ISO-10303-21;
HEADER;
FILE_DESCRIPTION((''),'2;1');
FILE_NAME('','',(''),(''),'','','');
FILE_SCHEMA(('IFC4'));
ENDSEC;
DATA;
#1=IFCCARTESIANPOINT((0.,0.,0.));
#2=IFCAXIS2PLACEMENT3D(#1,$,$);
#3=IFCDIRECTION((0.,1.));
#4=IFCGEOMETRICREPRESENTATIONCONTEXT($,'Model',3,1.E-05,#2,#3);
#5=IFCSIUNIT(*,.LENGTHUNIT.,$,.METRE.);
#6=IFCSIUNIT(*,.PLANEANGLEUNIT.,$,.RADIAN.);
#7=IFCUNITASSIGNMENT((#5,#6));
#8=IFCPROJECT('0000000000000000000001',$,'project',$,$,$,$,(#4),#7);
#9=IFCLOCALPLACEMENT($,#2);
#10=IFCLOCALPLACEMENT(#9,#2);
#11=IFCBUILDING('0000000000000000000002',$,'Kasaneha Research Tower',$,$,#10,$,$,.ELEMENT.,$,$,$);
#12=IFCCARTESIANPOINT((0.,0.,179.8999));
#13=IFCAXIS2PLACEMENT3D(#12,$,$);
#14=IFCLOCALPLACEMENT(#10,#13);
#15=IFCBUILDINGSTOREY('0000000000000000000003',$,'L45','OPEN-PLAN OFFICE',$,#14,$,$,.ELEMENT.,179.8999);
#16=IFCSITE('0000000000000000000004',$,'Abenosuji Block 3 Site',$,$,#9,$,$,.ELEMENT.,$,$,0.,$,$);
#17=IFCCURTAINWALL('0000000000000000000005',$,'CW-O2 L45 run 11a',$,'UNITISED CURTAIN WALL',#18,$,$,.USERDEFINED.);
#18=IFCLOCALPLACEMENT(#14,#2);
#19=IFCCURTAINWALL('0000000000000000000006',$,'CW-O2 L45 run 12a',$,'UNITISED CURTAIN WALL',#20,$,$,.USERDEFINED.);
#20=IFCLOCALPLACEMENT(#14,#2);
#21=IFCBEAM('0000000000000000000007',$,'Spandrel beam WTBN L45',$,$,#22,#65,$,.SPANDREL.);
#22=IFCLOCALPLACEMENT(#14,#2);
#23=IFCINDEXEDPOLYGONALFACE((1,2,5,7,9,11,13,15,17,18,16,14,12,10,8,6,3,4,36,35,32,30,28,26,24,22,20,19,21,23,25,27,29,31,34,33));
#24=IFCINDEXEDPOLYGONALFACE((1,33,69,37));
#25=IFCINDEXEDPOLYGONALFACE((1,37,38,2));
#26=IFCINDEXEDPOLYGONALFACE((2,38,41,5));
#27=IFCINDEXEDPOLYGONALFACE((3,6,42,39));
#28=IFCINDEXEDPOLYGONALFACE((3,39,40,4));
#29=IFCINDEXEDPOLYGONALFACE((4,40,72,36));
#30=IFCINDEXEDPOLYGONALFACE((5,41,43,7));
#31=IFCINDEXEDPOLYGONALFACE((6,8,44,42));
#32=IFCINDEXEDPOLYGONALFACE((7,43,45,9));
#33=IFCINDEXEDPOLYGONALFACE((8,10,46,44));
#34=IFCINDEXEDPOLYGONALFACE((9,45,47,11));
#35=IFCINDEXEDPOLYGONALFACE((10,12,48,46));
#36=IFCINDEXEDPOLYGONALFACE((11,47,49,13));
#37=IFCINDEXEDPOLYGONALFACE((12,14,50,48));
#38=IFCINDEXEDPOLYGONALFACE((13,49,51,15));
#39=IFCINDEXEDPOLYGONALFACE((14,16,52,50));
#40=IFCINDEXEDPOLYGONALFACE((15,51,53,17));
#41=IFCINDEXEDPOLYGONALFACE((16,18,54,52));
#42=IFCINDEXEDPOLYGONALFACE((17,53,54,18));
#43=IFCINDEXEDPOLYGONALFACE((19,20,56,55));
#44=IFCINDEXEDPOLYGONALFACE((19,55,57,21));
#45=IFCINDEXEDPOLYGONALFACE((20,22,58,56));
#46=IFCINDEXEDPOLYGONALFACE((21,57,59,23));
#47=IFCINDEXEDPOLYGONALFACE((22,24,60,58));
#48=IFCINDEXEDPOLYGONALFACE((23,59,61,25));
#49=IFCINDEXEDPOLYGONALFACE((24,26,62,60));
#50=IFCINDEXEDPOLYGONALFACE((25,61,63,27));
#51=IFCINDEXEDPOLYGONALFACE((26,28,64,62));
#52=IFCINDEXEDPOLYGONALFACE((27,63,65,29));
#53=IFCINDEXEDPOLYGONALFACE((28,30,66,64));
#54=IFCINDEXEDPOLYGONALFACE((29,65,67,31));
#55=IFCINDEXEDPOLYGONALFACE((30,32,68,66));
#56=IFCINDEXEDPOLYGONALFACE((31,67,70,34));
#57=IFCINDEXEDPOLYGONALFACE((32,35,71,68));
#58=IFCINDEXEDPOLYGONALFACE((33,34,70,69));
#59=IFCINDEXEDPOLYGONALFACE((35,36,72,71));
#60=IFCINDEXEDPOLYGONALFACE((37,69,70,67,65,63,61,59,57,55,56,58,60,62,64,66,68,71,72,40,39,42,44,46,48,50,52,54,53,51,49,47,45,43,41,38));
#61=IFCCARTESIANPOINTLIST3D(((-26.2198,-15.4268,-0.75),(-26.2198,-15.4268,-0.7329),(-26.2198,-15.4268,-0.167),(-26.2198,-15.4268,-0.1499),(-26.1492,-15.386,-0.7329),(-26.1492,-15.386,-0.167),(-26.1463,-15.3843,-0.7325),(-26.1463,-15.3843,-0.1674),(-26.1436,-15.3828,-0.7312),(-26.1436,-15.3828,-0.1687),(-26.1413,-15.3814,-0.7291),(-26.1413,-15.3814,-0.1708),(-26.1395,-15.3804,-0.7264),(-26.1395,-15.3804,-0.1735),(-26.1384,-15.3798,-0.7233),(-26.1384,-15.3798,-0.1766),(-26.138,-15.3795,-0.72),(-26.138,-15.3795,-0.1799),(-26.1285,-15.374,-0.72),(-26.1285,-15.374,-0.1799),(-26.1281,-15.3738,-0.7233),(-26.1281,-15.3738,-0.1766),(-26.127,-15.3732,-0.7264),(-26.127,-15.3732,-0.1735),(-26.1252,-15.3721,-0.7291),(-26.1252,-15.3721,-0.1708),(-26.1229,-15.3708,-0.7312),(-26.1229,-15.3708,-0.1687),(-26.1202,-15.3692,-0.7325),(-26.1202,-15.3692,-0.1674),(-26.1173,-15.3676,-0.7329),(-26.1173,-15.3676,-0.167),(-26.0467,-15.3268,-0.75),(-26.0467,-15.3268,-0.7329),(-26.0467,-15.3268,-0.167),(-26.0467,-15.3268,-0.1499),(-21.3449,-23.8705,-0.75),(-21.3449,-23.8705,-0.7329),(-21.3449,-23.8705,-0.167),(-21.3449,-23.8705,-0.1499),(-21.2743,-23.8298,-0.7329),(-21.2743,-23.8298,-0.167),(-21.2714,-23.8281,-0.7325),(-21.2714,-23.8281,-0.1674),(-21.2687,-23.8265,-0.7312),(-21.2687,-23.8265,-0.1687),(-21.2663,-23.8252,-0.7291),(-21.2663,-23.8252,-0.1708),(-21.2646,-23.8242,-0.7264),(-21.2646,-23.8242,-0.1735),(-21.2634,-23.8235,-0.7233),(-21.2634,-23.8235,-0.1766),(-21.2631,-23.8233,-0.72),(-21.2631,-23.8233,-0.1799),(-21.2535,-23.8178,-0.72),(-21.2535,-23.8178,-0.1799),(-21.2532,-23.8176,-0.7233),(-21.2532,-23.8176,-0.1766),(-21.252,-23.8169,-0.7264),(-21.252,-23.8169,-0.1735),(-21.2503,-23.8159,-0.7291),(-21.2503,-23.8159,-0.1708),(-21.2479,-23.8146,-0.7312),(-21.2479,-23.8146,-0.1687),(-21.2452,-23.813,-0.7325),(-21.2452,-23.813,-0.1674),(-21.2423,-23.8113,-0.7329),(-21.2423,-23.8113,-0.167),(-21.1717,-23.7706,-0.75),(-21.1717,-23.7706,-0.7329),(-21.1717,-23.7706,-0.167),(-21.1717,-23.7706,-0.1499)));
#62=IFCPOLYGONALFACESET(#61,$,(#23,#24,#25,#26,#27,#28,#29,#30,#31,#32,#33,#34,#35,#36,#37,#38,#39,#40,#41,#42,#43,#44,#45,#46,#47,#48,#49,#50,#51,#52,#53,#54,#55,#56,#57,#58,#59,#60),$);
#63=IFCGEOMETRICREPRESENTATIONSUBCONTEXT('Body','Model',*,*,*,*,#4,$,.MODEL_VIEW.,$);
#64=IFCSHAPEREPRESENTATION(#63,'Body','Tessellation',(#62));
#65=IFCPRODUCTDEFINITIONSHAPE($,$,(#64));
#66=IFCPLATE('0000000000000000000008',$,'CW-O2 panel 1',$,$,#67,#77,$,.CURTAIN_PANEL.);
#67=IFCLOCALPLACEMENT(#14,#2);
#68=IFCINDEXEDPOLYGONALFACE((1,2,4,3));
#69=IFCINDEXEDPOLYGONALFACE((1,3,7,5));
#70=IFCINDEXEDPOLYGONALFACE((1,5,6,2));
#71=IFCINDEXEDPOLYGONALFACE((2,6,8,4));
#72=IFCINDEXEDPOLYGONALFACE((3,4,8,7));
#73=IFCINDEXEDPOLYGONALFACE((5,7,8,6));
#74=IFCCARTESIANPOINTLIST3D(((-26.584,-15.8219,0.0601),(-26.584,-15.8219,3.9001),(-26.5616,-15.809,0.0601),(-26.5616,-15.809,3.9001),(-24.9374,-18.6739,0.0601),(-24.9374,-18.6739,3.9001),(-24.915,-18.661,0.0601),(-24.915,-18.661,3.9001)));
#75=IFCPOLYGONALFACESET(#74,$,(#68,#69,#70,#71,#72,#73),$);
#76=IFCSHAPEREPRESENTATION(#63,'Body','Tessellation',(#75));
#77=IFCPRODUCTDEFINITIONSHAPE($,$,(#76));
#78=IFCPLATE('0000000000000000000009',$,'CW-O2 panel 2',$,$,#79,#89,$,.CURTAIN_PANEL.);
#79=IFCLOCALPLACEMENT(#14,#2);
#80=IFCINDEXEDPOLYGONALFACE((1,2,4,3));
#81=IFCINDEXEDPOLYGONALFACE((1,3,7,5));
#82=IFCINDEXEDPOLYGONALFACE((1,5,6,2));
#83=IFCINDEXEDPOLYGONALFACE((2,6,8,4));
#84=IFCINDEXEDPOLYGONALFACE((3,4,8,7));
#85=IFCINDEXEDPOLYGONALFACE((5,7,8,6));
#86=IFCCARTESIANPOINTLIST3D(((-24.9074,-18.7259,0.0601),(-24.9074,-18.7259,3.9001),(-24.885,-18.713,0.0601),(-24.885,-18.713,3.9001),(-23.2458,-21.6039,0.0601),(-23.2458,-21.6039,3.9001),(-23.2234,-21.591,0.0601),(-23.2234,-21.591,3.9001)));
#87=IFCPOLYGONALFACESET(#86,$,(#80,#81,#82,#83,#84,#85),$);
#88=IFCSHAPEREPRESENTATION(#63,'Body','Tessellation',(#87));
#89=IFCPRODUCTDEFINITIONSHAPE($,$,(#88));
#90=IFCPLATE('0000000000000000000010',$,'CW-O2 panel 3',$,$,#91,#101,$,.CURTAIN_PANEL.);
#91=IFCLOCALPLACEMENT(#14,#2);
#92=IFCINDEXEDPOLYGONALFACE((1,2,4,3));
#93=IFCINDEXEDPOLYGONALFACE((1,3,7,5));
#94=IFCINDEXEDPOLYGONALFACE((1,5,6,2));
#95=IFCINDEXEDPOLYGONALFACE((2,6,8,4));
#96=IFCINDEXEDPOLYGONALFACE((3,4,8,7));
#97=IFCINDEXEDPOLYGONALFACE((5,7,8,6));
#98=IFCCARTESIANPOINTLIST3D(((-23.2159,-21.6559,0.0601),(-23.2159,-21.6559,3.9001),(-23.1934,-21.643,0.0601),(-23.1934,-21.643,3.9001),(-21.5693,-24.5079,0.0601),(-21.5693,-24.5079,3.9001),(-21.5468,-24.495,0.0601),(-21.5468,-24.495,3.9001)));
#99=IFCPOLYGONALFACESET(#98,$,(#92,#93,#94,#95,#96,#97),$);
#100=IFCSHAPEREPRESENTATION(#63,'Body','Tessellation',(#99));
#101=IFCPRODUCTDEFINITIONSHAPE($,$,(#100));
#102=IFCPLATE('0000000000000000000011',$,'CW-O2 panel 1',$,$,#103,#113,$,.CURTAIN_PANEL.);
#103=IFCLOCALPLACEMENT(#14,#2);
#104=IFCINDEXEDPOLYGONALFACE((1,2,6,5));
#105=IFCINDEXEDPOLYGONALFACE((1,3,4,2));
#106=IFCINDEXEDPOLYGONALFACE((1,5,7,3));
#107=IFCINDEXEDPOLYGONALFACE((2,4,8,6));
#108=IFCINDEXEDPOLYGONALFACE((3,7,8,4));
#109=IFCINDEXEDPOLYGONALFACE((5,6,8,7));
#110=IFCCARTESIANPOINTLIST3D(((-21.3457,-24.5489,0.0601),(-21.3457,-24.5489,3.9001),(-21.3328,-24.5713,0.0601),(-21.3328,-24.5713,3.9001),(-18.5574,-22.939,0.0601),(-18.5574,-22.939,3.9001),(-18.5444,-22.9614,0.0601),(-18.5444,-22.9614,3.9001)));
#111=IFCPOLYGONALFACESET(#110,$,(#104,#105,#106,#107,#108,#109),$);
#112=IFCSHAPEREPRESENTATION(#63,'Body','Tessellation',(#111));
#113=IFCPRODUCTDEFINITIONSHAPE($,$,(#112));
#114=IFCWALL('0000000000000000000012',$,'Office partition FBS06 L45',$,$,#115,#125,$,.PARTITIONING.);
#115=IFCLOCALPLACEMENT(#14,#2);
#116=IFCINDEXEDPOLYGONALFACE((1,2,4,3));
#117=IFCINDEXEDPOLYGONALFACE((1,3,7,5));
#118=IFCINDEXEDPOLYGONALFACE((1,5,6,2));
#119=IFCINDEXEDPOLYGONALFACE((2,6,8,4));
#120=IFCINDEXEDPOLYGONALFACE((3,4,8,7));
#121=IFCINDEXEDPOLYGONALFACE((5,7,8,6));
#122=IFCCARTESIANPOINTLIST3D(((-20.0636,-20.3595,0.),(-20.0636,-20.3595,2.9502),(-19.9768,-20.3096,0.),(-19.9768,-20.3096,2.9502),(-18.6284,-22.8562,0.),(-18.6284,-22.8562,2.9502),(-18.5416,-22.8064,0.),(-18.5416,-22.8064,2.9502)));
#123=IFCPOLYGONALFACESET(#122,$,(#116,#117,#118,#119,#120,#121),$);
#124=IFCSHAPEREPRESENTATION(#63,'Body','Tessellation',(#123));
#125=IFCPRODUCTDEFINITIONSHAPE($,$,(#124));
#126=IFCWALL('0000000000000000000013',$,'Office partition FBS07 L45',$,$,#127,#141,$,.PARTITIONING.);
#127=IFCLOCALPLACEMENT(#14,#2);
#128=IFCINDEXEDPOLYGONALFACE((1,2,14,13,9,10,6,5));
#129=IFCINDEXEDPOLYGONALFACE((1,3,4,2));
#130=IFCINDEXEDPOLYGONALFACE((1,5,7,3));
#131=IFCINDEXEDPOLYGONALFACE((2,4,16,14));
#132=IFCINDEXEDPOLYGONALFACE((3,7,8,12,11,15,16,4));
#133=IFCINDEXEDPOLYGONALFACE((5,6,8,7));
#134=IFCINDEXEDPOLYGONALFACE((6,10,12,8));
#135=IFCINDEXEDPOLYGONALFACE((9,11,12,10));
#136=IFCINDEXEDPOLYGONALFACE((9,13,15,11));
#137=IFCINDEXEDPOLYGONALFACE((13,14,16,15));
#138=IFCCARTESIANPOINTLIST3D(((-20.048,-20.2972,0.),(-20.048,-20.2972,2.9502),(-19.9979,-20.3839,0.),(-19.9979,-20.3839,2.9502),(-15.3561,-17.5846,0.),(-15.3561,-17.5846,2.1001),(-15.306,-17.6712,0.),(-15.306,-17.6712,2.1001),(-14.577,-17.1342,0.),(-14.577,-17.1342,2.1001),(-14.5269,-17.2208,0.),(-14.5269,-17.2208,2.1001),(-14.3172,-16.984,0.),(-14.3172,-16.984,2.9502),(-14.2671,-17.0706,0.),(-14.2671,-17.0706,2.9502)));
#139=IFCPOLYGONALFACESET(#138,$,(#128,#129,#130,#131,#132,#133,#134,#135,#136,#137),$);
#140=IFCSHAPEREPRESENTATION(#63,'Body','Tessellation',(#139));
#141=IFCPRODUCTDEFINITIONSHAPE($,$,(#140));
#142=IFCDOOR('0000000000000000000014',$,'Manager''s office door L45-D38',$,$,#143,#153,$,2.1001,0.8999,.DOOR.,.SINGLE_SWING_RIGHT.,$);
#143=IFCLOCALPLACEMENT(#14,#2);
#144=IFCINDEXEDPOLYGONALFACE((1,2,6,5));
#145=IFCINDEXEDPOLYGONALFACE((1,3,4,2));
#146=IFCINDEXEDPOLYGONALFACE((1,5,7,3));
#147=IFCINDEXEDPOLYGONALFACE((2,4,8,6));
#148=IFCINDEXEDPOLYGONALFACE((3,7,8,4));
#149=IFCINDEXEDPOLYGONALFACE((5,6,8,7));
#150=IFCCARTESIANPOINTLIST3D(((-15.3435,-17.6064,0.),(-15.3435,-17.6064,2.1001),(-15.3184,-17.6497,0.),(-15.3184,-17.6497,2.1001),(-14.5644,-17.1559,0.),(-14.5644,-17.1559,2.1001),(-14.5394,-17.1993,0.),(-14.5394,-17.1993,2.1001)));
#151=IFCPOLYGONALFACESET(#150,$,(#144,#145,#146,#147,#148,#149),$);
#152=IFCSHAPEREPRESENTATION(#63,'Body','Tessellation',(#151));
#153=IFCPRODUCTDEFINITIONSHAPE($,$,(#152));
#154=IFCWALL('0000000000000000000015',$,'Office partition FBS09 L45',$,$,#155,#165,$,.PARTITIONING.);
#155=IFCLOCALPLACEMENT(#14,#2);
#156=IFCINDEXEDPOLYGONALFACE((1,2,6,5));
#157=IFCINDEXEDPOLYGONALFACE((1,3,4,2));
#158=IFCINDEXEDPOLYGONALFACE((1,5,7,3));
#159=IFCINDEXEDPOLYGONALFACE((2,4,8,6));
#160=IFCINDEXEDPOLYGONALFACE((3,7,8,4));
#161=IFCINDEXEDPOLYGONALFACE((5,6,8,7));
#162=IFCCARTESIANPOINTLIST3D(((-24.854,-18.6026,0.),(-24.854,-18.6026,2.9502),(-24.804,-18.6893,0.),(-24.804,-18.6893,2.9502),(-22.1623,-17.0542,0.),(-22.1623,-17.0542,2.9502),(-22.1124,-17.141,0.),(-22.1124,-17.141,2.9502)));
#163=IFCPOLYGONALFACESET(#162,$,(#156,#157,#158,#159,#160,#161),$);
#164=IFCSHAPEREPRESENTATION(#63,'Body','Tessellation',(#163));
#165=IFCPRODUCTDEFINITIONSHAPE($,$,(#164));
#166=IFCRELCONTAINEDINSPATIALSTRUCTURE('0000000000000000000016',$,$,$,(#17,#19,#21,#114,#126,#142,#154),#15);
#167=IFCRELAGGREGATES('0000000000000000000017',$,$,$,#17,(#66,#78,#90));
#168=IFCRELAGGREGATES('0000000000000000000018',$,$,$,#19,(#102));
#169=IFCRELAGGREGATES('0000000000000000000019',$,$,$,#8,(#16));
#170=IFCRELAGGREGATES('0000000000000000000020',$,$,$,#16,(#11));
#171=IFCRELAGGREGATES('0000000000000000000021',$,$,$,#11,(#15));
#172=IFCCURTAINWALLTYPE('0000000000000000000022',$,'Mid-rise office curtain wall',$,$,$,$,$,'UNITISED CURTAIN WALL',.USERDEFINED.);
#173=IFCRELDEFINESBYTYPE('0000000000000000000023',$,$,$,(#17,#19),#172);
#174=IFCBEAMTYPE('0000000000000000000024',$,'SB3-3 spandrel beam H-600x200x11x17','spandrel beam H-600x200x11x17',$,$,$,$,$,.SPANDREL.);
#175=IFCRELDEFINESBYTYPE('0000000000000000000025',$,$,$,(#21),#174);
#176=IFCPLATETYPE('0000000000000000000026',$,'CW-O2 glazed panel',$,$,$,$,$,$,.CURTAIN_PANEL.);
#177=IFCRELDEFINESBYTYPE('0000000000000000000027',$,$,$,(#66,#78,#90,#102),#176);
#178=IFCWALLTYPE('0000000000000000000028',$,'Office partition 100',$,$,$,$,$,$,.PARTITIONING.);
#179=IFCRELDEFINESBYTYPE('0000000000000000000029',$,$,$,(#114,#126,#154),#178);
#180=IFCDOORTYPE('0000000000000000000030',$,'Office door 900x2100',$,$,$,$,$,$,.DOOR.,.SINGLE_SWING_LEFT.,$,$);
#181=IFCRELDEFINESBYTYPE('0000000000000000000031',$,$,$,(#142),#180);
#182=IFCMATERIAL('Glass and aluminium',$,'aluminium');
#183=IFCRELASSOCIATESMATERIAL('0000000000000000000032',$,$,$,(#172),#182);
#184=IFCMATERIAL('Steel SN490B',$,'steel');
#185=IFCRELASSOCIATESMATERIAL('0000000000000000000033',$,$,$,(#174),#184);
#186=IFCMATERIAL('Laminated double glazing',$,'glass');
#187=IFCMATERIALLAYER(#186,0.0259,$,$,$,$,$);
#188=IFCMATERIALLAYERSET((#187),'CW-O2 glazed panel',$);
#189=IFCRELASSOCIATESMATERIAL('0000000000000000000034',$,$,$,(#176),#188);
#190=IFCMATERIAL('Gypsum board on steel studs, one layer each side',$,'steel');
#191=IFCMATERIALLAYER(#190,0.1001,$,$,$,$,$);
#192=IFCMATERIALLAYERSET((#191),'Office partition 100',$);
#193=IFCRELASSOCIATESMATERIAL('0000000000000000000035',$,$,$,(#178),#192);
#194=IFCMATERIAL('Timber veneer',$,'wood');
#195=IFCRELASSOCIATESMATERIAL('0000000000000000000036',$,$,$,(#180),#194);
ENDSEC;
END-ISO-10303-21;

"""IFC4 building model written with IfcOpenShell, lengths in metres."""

from ifc_helpers import new_model, si_unit, direction, frame, frame_2d, origin, origin_2d, place, context, subcontext, project, spatial, rectangle, i_section, extrude, material, layer, layer_set, material_profile, profile_set, type_object, element, fill, aggregate, save


model = new_model("IFC4")

# Units and contexts
model_context = context("Model", 3, precision=1e-05, world=origin(), true_north=direction((0.0, 1.0)))
body_context = subcontext(model_context, "Body", "Model", "MODEL_VIEW")
ifc_project = project(units=[si_unit("LENGTHUNIT", "METRE"), si_unit("PLANEANGLEUNIT", "RADIAN")], contexts=[model_context])

# Site, building, storey
site_placement = place(None, origin())
site = spatial("IfcSite", under=ifc_project, at=site_placement, Name="Abenosuji Block 3 Site", CompositionType="ELEMENT", RefElevation=0.0)
building_placement = place(site_placement, origin())
building = spatial("IfcBuilding", under=site, at=building_placement, Name="Kasaneha Research Tower", CompositionType="ELEMENT")
storey_placement = place(building_placement, frame((0.0, 0.0, 179.8999)))
storey = spatial("IfcBuildingStorey", under=building, at=storey_placement, Name="L45", Description="OPEN-PLAN OFFICE", CompositionType="ELEMENT", Elevation=179.8999)

# Shared definitions
ifc_material_1 = material(Name="Glass and aluminium", Category="aluminium")
curtain_wall_type = type_object("IfcCurtainWallType", Name="Mid-rise office curtain wall", ElementType="UNITISED CURTAIN WALL", PredefinedType="USERDEFINED", material=ifc_material_1)

# Curtain walls
curtain_wall_1_placement = place(storey_placement, origin())
curtain_wall_1 = element("IfcCurtainWall", 1, at=curtain_wall_1_placement, inside=storey, type_object=curtain_wall_type, Name="CW-O2 L45 run 11a", ObjectType="UNITISED CURTAIN WALL", PredefinedType="USERDEFINED")
curtain_wall_2_placement = place(storey_placement, origin())
curtain_wall_2 = element("IfcCurtainWall", 2, at=curtain_wall_2_placement, inside=storey, type_object=curtain_wall_type, Name="CW-O2 L45 run 12a", ObjectType="UNITISED CURTAIN WALL", PredefinedType="USERDEFINED")

# Beam
ifc_material_2 = material(Name="Steel SN490B", Category="steel")
ifc_material_profile_1 = material_profile(ifc_material_2, i_section(OverallWidth=0.2, OverallDepth=0.6001, WebThickness=0.011, FlangeThickness=0.0171, FilletRadius=0.0129, at=origin_2d()), Name="H-600x200x11x17")
ifc_profile_set_1 = profile_set([ifc_material_profile_1], Name="Steel SN490B")
beam_type = type_object("IfcBeamType", Name="SB3-3 spandrel beam H-600x200x11x17", Description="spandrel beam H-600x200x11x17", PredefinedType="SPANDREL", material=ifc_profile_set_1)
beam_placement = place(storey_placement, frame((-21.2583, -23.8206, -0.45), z_axis=(-0.499996, 0.866028, 0.0), x_axis=(-0.866028, -0.499996, 0.0)))
element("IfcBeam", 3, at=beam_placement, inside=storey, type_object=beam_type, Name="Spandrel beam WTBN L45", PredefinedType="SPANDREL", context=body_context, shape_type="SweptSolid", body=[
    extrude(i_section(OverallWidth=0.2, OverallDepth=0.6001, WebThickness=0.011, FlangeThickness=0.0171, FilletRadius=0.0129, at=origin_2d()), origin(), (0.0, 0.0, 1.0), 9.75),
])

# Plates
ifc_material_3 = material(Name="Laminated double glazing", Category="glass")
ifc_layer_1 = layer(ifc_material_3, 0.0259)
ifc_layer_set_1 = layer_set([ifc_layer_1], Name="CW-O2 glazed panel")
plate_type = type_object("IfcPlateType", Name="CW-O2 glazed panel", PredefinedType="CURTAIN_PANEL", material=ifc_layer_set_1)
plate_1_placement = place(storey_placement, frame((-25.7495, -17.2415, 0.0601), z_axis=(0.0, 0.0, 1.0), x_axis=(0.5, -0.866025, 0.0)))
plate_1 = element("IfcPlate", 4, at=plate_1_placement, type_object=plate_type, Name="CW-O2 panel 1", PredefinedType="CURTAIN_PANEL", context=body_context, shape_type="SweptSolid", body=[
    extrude(rectangle(XDim=3.2932, YDim=0.0259, at=origin_2d()), origin(), (0.0, 0.0, 1.0), 3.8401),
])
plate_2_placement = place(storey_placement, frame((-24.0654, -20.1584, 0.0601), z_axis=(0.0, 0.0, 1.0), x_axis=(0.5, -0.866025, 0.0)))
plate_2 = element("IfcPlate", 5, at=plate_2_placement, type_object=plate_type, Name="CW-O2 panel 2", PredefinedType="CURTAIN_PANEL", context=body_context, shape_type="SweptSolid", body=[
    extrude(rectangle(XDim=3.3232, YDim=0.0259, at=origin_2d()), origin(), (0.0, 0.0, 1.0), 3.8401),
])
plate_3_placement = place(storey_placement, frame((-22.3813, -23.0754, 0.0601), z_axis=(0.0, 0.0, 1.0), x_axis=(0.5, -0.866025, 0.0)))
plate_3 = element("IfcPlate", 6, at=plate_3_placement, type_object=plate_type, Name="CW-O2 panel 3", PredefinedType="CURTAIN_PANEL", context=body_context, shape_type="SweptSolid", body=[
    extrude(rectangle(XDim=3.2932, YDim=0.0259, at=origin_2d()), origin(), (0.0, 0.0, 1.0), 3.8401),
])
aggregate(curtain_wall_1, [plate_1, plate_2, plate_3])
plate_4_placement = place(storey_placement, frame((-19.9451, -23.7551, 0.0601), z_axis=(0.0, 0.0, 1.0), x_axis=(0.866025, 0.5, 0.0)))
plate_4 = element("IfcPlate", 7, at=plate_4_placement, type_object=plate_type, Name="CW-O2 panel 1", PredefinedType="CURTAIN_PANEL", context=body_context, shape_type="SweptSolid", body=[
    extrude(rectangle(XDim=3.2197, YDim=0.0259, at=origin_2d()), origin(), (0.0, 0.0, 1.0), 3.8401),
])
aggregate(curtain_wall_2, [plate_4])

# Wall
ifc_material_4 = material(Name="Gypsum board on steel studs, one layer each side", Category="steel")
ifc_layer_2 = layer(ifc_material_4, 0.1001)
ifc_layer_set_2 = layer_set([ifc_layer_2], Name="Office partition 100")
wall_type = type_object("IfcWallType", Name="Office partition 100", PredefinedType="PARTITIONING", material=ifc_layer_set_2)
wall_1_placement = place(storey_placement, frame((-18.585, -22.8313, 0.0), z_axis=(0.0, 0.0, 1.0), x_axis=(-0.498374, 0.866962, 0.0)))
element("IfcWall", 8, at=wall_1_placement, inside=storey, type_object=wall_type, Name="Office partition FBS06 L45", PredefinedType="PARTITIONING", context=body_context, shape_type="SweptSolid", body=[
    extrude(rectangle(XDim=2.8799, YDim=0.1001, at=frame_2d((1.4399, 0.0))), origin(), (0.0, 0.0, 1.0), 2.9502),
])

# Wall, opening, door
wall_2_placement = place(storey_placement, frame((-20.0229, -20.3406, 0.0), z_axis=(0.0, 0.0, 1.0), x_axis=(0.865724, 0.500522, 0.0)))
wall_2 = element("IfcWall", 9, at=wall_2_placement, inside=storey, type_object=wall_type, Name="Office partition FBS07 L45", PredefinedType="PARTITIONING", context=body_context, shape_type="SweptSolid", body=[
    extrude(rectangle(XDim=6.6196, YDim=0.1001, at=frame_2d((3.3098, 0.0))), origin(), (0.0, 0.0, 1.0), 2.9502),
])
opening_1_placement = place(wall_2_placement, frame((5.4197, 0.0, 0.0)))
opening_1 = element("IfcOpeningElement", 10, at=opening_1_placement, cuts=wall_2, PredefinedType="OPENING", context=body_context, shape_type="SweptSolid", body=[
    extrude(rectangle(XDim=0.8999, YDim=2.1001, at=frame_2d((0.45, 1.05))), frame((0.0, 0.0601, 0.0), z_axis=(0.0, -1.0, 0.0), x_axis=(1.0, 0.0, 0.0)), (0.0, 0.0, 1.0), 0.1201),
])
ifc_material_5 = material(Name="Timber veneer", Category="wood")
door_type = type_object("IfcDoorType", Name="Office door 900x2100", OperationType="SINGLE_SWING_LEFT", PredefinedType="DOOR", material=ifc_material_5)
door_1_placement = place(opening_1_placement, origin())
door_1 = element("IfcDoor", 11, at=door_1_placement, inside=storey, type_object=door_type, Name="Manager's office door L45-D38", OperationType="SINGLE_SWING_RIGHT", OverallHeight=2.1001, OverallWidth=0.8999, PredefinedType="DOOR", context=body_context, shape_type="SweptSolid", body=[
    extrude(rectangle(XDim=0.8999, YDim=2.1001, at=frame_2d((0.45, 1.05))), frame((0.0, 0.0249, 0.0), z_axis=(0.0, -1.0, 0.0), x_axis=(1.0, 0.0, 0.0)), (0.0, 0.0, 1.0), 0.05),
])
fill(opening_1, door_1)

# Wall
wall_3_placement = place(storey_placement, frame((-24.8291, -18.646, 0.0), z_axis=(0.0, 0.0, 1.0), x_axis=(0.866817, 0.498626, 0.0)))
element("IfcWall", 12, at=wall_3_placement, inside=storey, type_object=wall_type, Name="Office partition FBS09 L45", PredefinedType="PARTITIONING", context=body_context, shape_type="SweptSolid", body=[
    extrude(rectangle(XDim=3.1052, YDim=0.1001, at=frame_2d((1.5527, 0.0))), origin(), (0.0, 0.0, 1.0), 2.9502),
])

save(model, "model.ifc")
